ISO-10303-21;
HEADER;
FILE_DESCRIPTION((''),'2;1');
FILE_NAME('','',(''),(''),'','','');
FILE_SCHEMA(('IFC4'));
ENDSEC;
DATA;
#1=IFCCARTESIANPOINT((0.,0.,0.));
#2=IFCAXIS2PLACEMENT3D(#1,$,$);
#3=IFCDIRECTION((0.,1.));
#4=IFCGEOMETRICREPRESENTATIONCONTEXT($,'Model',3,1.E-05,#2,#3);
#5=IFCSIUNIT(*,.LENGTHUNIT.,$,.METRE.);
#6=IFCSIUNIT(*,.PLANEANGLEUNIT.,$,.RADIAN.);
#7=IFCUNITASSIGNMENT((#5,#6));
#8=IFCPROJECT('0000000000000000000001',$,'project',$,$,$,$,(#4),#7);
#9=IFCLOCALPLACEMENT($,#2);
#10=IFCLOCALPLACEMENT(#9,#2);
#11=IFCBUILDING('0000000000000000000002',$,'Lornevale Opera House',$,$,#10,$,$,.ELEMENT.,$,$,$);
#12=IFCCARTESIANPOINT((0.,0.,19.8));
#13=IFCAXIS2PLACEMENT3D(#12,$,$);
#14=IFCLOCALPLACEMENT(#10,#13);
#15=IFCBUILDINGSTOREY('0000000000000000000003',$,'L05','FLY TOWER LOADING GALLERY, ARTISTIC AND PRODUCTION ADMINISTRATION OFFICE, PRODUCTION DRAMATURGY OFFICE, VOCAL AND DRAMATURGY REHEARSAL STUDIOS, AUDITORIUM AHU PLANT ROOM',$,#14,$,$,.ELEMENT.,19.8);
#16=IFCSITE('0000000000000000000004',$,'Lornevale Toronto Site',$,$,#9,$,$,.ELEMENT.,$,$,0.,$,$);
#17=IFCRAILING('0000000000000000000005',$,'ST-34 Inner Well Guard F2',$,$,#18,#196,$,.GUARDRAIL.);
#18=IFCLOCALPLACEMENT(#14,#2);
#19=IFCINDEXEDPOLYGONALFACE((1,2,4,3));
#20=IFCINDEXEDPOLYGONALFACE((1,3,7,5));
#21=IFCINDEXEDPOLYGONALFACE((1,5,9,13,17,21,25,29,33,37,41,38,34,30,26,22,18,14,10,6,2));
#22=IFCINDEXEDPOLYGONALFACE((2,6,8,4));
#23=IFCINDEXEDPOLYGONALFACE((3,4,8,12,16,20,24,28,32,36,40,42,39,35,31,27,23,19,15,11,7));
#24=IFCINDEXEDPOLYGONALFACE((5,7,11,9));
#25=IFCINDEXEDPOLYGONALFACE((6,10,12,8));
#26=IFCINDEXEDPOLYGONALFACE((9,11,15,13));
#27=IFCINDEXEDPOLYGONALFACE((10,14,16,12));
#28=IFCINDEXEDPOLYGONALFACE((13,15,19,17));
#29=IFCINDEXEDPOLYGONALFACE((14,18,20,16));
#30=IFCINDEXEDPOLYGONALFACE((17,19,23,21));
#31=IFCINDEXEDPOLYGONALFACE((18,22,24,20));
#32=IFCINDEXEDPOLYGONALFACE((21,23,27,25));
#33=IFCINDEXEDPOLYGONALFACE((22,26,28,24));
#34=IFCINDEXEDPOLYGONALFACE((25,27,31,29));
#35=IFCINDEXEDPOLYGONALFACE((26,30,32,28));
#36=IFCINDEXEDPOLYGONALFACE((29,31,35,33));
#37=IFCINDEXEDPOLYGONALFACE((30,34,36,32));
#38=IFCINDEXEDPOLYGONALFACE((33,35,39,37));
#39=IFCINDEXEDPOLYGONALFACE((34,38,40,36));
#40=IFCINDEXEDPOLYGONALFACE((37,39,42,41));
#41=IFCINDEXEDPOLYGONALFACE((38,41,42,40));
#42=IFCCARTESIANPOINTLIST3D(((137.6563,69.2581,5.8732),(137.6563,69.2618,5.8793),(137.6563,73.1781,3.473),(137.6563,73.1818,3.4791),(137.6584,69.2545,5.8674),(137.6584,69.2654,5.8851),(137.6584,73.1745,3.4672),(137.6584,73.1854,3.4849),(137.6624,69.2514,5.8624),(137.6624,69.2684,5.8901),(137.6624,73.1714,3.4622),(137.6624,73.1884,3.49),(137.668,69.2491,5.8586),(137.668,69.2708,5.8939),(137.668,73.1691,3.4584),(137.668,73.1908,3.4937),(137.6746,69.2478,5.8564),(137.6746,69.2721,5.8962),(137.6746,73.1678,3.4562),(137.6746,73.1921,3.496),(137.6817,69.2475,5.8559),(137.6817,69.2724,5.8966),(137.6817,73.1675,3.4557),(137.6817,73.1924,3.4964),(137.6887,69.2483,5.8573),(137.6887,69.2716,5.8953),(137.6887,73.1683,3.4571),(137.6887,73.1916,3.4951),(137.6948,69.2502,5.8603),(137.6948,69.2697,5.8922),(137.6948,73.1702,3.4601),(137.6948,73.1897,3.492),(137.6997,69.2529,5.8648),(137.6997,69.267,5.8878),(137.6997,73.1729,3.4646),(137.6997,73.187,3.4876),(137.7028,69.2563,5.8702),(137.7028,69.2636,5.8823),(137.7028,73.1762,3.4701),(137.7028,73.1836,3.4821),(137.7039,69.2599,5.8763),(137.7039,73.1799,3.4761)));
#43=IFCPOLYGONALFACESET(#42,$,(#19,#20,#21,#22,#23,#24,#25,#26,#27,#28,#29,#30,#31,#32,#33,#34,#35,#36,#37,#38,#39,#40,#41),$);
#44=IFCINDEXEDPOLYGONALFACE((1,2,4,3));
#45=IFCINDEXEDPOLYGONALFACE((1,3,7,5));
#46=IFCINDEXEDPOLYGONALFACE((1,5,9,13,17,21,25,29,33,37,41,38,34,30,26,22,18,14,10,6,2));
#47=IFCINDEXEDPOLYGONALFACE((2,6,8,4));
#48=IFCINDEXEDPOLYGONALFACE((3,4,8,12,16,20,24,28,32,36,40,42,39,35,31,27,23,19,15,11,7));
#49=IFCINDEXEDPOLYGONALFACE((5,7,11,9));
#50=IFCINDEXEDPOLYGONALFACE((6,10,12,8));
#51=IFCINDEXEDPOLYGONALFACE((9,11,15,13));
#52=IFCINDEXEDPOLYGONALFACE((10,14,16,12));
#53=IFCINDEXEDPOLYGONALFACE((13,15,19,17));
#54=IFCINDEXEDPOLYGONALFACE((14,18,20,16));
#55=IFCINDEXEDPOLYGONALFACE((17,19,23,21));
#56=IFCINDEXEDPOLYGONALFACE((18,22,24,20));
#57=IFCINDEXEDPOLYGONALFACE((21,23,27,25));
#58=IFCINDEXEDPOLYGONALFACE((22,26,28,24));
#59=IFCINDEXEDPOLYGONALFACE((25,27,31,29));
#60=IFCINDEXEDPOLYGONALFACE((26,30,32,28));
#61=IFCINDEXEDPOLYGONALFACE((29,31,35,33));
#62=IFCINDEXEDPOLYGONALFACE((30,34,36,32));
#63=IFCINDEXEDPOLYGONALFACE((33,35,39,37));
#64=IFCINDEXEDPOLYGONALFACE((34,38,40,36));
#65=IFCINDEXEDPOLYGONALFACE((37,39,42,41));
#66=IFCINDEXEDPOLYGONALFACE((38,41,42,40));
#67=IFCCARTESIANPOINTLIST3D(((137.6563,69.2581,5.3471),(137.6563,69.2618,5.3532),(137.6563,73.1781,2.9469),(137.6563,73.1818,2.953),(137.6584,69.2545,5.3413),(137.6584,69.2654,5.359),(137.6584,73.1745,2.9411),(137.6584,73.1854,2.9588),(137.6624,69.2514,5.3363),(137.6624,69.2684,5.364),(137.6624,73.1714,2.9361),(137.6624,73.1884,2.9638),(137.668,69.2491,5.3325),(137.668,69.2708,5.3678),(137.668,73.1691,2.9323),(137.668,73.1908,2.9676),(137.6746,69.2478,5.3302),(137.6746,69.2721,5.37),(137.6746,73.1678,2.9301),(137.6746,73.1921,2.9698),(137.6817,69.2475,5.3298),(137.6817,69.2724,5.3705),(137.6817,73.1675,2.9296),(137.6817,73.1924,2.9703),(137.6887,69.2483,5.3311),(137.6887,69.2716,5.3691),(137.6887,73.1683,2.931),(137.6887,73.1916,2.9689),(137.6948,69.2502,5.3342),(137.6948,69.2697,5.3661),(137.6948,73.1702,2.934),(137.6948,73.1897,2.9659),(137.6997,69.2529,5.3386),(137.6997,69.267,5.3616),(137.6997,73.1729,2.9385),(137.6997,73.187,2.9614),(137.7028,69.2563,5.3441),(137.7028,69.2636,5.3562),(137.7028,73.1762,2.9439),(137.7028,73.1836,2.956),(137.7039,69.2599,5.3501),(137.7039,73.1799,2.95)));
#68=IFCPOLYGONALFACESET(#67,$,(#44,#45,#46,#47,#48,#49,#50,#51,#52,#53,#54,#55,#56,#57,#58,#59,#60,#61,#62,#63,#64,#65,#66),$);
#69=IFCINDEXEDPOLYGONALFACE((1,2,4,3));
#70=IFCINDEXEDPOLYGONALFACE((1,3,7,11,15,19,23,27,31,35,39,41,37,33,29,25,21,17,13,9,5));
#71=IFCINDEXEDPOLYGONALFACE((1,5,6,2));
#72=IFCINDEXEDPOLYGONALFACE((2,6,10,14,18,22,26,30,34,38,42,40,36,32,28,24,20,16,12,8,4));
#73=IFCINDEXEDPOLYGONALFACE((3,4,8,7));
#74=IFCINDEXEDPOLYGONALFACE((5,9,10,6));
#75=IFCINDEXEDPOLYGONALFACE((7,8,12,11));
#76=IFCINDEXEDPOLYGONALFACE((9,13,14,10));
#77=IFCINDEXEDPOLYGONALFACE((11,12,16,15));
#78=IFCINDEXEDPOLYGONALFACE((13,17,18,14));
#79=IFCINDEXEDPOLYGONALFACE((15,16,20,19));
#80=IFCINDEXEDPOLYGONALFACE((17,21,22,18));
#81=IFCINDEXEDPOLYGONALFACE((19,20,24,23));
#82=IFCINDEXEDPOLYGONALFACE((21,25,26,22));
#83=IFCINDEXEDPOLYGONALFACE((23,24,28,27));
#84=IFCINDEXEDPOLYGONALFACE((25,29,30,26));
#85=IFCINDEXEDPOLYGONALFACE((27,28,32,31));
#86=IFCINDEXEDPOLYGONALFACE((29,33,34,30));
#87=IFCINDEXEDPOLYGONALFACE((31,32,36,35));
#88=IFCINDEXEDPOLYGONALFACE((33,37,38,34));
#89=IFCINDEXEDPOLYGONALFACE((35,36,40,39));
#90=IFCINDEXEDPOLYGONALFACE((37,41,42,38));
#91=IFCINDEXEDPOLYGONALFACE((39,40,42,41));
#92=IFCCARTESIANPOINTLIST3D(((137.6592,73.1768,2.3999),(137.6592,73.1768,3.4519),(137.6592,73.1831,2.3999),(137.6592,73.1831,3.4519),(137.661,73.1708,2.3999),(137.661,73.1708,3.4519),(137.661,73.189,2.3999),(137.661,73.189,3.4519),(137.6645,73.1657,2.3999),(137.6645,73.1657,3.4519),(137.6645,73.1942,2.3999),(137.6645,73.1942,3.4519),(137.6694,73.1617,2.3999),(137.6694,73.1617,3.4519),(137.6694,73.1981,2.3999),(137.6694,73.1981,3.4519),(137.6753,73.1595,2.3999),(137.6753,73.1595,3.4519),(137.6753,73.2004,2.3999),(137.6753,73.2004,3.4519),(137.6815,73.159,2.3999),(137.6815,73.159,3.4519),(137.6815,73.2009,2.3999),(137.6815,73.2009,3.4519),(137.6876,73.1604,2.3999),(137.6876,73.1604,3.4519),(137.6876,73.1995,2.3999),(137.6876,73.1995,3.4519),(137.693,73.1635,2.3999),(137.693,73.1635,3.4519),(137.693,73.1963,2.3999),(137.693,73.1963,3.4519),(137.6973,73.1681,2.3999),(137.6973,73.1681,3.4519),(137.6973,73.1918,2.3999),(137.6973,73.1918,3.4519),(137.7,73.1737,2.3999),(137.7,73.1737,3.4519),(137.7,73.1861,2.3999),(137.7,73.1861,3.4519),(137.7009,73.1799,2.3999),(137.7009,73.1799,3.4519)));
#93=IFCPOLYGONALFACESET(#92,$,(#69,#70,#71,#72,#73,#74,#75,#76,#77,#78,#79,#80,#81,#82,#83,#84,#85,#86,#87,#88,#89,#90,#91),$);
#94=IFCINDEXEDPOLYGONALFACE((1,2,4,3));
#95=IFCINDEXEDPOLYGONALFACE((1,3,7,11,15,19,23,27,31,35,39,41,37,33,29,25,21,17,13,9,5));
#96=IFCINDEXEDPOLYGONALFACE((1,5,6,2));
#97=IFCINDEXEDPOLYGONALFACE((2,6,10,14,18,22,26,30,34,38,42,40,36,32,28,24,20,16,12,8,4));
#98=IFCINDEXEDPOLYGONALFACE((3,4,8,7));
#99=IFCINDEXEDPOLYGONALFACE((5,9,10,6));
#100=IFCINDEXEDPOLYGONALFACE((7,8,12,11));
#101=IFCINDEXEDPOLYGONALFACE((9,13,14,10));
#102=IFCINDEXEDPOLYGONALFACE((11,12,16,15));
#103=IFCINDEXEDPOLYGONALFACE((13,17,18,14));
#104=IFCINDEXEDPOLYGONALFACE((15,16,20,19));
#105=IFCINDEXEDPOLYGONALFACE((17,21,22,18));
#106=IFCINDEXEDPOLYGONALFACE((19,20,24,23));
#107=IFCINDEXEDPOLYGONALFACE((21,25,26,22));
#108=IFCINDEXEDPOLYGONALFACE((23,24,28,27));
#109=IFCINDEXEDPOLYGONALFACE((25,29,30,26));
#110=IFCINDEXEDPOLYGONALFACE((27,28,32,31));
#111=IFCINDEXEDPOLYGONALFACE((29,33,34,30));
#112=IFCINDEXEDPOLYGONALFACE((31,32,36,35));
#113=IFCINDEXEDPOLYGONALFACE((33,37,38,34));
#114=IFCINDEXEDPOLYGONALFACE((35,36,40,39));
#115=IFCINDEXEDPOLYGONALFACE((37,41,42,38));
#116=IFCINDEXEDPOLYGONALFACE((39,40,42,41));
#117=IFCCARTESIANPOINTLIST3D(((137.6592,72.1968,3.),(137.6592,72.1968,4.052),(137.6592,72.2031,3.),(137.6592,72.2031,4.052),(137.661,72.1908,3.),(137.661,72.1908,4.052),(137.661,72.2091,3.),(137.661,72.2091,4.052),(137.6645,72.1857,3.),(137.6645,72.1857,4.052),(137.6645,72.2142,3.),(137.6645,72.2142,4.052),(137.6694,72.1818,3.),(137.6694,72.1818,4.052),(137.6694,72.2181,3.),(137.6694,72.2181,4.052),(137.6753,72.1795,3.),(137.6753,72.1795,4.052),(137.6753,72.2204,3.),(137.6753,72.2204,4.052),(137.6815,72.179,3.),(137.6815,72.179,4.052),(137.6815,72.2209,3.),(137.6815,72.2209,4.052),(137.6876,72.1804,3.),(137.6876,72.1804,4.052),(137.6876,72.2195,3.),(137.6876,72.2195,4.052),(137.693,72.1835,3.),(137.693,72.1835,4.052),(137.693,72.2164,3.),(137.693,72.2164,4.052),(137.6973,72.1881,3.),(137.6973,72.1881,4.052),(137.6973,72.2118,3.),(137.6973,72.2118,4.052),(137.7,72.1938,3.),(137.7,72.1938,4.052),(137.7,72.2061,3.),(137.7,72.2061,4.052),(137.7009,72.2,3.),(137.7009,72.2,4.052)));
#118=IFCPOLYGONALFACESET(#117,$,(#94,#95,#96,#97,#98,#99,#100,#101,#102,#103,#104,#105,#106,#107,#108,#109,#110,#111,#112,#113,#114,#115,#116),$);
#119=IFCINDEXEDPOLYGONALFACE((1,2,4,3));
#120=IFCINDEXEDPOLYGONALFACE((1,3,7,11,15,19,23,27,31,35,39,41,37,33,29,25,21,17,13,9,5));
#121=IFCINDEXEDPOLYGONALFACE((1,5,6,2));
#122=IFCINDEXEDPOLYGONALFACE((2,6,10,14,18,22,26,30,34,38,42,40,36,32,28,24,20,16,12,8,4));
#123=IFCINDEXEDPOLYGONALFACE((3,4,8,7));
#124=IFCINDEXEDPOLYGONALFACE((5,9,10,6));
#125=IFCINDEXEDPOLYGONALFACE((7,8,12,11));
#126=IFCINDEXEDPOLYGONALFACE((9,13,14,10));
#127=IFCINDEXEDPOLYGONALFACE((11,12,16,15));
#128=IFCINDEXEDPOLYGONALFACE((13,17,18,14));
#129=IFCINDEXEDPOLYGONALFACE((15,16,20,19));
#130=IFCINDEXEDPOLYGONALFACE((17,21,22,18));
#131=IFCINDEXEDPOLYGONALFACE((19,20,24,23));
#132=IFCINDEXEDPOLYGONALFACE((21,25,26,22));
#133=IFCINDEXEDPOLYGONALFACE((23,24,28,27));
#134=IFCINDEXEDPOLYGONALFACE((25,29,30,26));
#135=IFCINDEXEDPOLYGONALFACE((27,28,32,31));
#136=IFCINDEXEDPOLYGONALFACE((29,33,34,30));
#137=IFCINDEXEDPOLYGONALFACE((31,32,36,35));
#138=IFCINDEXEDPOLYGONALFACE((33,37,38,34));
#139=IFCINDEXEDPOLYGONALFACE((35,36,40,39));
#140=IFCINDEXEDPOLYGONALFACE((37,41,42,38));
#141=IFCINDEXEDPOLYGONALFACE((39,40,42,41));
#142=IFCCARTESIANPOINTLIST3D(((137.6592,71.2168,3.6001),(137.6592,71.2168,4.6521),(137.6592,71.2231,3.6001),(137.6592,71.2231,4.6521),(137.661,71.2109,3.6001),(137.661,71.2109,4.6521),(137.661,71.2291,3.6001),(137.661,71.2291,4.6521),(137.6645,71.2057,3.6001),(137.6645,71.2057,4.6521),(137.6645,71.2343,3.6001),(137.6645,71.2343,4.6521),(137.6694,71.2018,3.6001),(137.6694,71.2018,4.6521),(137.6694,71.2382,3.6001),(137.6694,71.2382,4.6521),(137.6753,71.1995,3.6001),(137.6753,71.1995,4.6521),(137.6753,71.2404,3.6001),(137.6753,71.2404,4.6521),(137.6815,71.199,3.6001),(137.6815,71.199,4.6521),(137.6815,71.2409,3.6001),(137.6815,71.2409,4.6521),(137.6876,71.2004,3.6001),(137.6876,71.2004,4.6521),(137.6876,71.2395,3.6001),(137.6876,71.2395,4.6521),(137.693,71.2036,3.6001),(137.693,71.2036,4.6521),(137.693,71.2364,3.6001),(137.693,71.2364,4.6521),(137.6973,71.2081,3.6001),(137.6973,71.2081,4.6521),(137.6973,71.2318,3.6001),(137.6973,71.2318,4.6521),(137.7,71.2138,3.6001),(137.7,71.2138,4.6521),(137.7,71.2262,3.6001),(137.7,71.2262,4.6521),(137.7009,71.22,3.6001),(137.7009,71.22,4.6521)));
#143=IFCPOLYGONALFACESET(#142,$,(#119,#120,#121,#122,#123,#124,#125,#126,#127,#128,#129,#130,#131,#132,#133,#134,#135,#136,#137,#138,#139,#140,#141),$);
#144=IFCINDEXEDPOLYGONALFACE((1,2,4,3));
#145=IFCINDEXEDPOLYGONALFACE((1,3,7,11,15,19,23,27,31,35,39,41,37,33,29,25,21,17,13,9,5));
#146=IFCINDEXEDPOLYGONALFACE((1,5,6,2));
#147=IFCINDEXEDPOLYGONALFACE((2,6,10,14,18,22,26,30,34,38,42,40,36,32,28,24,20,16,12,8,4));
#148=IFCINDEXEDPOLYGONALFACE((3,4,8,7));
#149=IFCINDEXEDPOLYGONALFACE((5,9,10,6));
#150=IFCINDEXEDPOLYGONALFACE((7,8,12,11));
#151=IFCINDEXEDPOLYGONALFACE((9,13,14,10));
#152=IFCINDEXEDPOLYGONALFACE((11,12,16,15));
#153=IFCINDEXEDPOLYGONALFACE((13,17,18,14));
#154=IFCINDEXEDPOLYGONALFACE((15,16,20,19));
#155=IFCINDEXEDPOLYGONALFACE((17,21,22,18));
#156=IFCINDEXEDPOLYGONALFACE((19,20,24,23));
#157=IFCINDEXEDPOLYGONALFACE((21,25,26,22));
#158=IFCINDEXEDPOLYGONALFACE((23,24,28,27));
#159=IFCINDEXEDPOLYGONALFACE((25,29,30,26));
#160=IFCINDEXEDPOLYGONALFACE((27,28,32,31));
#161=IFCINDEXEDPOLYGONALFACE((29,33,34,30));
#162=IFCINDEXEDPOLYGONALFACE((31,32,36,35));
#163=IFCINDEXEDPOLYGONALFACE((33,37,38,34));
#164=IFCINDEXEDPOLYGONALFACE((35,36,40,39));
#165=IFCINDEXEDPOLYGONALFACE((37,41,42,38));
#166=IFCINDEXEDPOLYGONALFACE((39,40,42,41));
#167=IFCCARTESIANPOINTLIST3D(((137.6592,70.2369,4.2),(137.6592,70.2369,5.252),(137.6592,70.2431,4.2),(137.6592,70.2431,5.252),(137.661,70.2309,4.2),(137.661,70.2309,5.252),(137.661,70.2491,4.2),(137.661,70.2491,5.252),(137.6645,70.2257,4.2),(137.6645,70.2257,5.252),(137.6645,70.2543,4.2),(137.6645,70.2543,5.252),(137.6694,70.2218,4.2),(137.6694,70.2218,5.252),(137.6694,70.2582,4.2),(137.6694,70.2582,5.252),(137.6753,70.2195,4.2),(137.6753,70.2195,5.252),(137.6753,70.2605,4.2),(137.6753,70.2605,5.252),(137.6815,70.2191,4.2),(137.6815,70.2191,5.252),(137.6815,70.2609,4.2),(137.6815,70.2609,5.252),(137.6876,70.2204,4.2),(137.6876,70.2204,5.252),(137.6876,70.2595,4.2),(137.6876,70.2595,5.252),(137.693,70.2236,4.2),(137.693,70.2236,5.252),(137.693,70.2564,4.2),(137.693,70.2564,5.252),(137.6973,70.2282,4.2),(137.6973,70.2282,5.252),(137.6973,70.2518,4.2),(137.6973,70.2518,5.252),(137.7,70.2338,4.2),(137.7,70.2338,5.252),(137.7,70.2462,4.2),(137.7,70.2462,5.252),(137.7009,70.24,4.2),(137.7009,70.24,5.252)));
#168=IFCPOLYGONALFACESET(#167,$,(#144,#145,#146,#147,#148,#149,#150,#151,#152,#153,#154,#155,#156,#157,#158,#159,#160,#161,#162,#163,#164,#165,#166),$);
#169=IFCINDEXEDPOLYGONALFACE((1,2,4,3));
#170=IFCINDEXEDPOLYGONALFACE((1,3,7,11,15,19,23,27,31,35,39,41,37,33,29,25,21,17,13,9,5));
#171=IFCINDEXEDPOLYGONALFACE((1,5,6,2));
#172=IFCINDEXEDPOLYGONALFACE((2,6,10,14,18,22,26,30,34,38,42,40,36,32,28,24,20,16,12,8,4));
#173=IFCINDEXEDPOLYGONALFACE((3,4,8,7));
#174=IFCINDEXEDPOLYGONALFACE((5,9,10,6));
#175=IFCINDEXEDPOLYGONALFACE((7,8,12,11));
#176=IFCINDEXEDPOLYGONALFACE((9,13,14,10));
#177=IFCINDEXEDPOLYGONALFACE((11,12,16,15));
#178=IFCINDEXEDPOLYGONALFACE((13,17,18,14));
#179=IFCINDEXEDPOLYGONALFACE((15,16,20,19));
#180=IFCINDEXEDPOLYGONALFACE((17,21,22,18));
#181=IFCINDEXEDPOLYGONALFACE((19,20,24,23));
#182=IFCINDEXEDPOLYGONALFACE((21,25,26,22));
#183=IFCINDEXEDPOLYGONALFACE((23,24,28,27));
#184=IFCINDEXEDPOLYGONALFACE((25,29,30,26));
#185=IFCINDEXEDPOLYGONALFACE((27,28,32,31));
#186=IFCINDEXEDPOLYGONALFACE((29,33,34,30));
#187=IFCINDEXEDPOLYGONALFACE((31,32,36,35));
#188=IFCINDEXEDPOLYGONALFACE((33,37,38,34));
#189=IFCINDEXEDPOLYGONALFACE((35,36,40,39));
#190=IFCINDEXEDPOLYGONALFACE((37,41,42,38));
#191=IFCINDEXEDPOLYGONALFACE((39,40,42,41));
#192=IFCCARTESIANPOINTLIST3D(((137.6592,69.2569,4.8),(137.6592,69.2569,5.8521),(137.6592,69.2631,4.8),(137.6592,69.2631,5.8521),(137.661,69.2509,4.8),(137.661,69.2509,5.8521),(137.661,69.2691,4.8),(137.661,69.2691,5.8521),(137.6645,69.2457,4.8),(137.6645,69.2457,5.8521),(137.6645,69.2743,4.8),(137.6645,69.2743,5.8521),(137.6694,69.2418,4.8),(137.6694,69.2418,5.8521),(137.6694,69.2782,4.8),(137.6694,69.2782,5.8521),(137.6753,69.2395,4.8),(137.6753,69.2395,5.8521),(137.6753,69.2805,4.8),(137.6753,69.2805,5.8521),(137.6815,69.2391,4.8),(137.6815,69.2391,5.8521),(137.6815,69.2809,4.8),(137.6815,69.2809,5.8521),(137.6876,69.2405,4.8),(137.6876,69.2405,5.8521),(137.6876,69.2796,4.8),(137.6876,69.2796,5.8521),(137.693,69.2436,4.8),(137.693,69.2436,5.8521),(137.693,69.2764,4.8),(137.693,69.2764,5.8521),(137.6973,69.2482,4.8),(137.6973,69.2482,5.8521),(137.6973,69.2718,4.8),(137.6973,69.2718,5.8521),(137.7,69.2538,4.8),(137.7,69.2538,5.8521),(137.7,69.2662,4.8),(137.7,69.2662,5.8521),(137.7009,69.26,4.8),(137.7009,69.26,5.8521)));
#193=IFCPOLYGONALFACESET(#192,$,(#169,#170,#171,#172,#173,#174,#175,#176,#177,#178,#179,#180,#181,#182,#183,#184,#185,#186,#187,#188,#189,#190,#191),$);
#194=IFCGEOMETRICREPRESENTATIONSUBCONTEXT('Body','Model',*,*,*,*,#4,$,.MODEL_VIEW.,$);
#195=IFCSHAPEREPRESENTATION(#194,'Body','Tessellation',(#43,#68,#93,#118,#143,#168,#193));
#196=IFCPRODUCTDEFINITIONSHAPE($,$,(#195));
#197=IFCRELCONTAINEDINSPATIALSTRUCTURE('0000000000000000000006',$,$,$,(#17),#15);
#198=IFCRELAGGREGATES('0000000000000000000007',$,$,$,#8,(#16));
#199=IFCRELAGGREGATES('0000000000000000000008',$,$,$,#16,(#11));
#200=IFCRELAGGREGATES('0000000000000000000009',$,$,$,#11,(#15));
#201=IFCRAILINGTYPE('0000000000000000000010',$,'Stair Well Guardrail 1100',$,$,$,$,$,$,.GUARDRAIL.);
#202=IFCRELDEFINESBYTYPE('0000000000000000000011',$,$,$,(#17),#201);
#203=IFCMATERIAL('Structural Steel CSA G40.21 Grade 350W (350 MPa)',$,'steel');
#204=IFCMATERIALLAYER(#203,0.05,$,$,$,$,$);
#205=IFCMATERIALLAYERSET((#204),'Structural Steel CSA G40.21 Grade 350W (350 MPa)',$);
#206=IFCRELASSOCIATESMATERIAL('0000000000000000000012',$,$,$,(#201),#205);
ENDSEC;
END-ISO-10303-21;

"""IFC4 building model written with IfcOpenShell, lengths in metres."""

from ifc_helpers import new_model, si_unit, direction, frame, origin, origin_2d, place, context, subcontext, project, spatial, circle, extrude, material, layer, layer_set, type_object, element, save


model = new_model("IFC4")

# Units and contexts
model_context = context("Model", 3, precision=1e-05, world=origin(), true_north=direction((0.0, 1.0)))
body_context = subcontext(model_context, "Body", "Model", "MODEL_VIEW")
ifc_project = project(units=[si_unit("LENGTHUNIT", "METRE"), si_unit("PLANEANGLEUNIT", "RADIAN")], contexts=[model_context])

# Site, building, storey
site_placement = place(None, origin())
site = spatial("IfcSite", under=ifc_project, at=site_placement, Name="Lornevale Toronto Site", CompositionType="ELEMENT", RefElevation=0.0)
building_placement = place(site_placement, origin())
building = spatial("IfcBuilding", under=site, at=building_placement, Name="Lornevale Opera House", CompositionType="ELEMENT")
storey_placement = place(building_placement, frame((0.0, 0.0, 19.8)))
storey = spatial("IfcBuildingStorey", under=building, at=storey_placement, Name="L05", Description="FLY TOWER LOADING GALLERY, ARTISTIC AND PRODUCTION ADMINISTRATION OFFICE, PRODUCTION DRAMATURGY OFFICE, VOCAL AND DRAMATURGY REHEARSAL STUDIOS, AUDITORIUM AHU PLANT ROOM", CompositionType="ELEMENT", Elevation=19.8)

# Shared definitions
ifc_material_1 = material(Name="Structural Steel CSA G40.21 Grade 350W (350 MPa)", Category="steel")

# Railing
ifc_layer_1 = layer(ifc_material_1, 0.05)
ifc_layer_set_1 = layer_set([ifc_layer_1], Name="Structural Steel CSA G40.21 Grade 350W (350 MPa)")
railing_type_1 = type_object("IfcRailingType", Name="Stair Well Guardrail 1100", PredefinedType="GUARDRAIL", material=ifc_layer_set_1)
railing_1_placement = place(storey_placement, frame((137.6799, 73.1799, 2.3999)))
element("IfcRailing", 1, at=railing_1_placement, inside=storey, type_object=railing_type_1, Name="ST-34 Inner Well Guard F2", PredefinedType="GUARDRAIL", context=body_context, shape_type="SweptSolid", body=[
    extrude(circle(Radius=0.0239, at=origin_2d()), frame((0.0, 0.0, 1.0762), z_axis=(0.0, -0.852832, 0.522185), x_axis=(1.0, 0.0, 0.0)), (0.0, 0.0, 1.0), 4.5964),
    extrude(circle(Radius=0.0239, at=origin_2d()), frame((0.0, 0.0, 0.55), z_axis=(0.0, -0.852832, 0.522185), x_axis=(1.0, 0.0, 0.0)), (0.0, 0.0, 1.0), 4.5964),
    extrude(circle(Radius=0.021, at=origin_2d()), origin(), (0.0, 0.0, 1.0), 1.052),
    extrude(circle(Radius=0.021, at=origin_2d()), frame((0.0, -0.98, 0.6001)), (0.0, 0.0, 1.0), 1.052),
    extrude(circle(Radius=0.021, at=origin_2d()), frame((0.0, -1.96, 1.2002)), (0.0, 0.0, 1.0), 1.052),
    extrude(circle(Radius=0.021, at=origin_2d()), frame((0.0, -2.9399, 1.8)), (0.0, 0.0, 1.0), 1.052),
    extrude(circle(Radius=0.021, at=origin_2d()), frame((0.0, -3.9199, 2.4001)), (0.0, 0.0, 1.0), 1.052),
])

save(model, "model.ifc")
